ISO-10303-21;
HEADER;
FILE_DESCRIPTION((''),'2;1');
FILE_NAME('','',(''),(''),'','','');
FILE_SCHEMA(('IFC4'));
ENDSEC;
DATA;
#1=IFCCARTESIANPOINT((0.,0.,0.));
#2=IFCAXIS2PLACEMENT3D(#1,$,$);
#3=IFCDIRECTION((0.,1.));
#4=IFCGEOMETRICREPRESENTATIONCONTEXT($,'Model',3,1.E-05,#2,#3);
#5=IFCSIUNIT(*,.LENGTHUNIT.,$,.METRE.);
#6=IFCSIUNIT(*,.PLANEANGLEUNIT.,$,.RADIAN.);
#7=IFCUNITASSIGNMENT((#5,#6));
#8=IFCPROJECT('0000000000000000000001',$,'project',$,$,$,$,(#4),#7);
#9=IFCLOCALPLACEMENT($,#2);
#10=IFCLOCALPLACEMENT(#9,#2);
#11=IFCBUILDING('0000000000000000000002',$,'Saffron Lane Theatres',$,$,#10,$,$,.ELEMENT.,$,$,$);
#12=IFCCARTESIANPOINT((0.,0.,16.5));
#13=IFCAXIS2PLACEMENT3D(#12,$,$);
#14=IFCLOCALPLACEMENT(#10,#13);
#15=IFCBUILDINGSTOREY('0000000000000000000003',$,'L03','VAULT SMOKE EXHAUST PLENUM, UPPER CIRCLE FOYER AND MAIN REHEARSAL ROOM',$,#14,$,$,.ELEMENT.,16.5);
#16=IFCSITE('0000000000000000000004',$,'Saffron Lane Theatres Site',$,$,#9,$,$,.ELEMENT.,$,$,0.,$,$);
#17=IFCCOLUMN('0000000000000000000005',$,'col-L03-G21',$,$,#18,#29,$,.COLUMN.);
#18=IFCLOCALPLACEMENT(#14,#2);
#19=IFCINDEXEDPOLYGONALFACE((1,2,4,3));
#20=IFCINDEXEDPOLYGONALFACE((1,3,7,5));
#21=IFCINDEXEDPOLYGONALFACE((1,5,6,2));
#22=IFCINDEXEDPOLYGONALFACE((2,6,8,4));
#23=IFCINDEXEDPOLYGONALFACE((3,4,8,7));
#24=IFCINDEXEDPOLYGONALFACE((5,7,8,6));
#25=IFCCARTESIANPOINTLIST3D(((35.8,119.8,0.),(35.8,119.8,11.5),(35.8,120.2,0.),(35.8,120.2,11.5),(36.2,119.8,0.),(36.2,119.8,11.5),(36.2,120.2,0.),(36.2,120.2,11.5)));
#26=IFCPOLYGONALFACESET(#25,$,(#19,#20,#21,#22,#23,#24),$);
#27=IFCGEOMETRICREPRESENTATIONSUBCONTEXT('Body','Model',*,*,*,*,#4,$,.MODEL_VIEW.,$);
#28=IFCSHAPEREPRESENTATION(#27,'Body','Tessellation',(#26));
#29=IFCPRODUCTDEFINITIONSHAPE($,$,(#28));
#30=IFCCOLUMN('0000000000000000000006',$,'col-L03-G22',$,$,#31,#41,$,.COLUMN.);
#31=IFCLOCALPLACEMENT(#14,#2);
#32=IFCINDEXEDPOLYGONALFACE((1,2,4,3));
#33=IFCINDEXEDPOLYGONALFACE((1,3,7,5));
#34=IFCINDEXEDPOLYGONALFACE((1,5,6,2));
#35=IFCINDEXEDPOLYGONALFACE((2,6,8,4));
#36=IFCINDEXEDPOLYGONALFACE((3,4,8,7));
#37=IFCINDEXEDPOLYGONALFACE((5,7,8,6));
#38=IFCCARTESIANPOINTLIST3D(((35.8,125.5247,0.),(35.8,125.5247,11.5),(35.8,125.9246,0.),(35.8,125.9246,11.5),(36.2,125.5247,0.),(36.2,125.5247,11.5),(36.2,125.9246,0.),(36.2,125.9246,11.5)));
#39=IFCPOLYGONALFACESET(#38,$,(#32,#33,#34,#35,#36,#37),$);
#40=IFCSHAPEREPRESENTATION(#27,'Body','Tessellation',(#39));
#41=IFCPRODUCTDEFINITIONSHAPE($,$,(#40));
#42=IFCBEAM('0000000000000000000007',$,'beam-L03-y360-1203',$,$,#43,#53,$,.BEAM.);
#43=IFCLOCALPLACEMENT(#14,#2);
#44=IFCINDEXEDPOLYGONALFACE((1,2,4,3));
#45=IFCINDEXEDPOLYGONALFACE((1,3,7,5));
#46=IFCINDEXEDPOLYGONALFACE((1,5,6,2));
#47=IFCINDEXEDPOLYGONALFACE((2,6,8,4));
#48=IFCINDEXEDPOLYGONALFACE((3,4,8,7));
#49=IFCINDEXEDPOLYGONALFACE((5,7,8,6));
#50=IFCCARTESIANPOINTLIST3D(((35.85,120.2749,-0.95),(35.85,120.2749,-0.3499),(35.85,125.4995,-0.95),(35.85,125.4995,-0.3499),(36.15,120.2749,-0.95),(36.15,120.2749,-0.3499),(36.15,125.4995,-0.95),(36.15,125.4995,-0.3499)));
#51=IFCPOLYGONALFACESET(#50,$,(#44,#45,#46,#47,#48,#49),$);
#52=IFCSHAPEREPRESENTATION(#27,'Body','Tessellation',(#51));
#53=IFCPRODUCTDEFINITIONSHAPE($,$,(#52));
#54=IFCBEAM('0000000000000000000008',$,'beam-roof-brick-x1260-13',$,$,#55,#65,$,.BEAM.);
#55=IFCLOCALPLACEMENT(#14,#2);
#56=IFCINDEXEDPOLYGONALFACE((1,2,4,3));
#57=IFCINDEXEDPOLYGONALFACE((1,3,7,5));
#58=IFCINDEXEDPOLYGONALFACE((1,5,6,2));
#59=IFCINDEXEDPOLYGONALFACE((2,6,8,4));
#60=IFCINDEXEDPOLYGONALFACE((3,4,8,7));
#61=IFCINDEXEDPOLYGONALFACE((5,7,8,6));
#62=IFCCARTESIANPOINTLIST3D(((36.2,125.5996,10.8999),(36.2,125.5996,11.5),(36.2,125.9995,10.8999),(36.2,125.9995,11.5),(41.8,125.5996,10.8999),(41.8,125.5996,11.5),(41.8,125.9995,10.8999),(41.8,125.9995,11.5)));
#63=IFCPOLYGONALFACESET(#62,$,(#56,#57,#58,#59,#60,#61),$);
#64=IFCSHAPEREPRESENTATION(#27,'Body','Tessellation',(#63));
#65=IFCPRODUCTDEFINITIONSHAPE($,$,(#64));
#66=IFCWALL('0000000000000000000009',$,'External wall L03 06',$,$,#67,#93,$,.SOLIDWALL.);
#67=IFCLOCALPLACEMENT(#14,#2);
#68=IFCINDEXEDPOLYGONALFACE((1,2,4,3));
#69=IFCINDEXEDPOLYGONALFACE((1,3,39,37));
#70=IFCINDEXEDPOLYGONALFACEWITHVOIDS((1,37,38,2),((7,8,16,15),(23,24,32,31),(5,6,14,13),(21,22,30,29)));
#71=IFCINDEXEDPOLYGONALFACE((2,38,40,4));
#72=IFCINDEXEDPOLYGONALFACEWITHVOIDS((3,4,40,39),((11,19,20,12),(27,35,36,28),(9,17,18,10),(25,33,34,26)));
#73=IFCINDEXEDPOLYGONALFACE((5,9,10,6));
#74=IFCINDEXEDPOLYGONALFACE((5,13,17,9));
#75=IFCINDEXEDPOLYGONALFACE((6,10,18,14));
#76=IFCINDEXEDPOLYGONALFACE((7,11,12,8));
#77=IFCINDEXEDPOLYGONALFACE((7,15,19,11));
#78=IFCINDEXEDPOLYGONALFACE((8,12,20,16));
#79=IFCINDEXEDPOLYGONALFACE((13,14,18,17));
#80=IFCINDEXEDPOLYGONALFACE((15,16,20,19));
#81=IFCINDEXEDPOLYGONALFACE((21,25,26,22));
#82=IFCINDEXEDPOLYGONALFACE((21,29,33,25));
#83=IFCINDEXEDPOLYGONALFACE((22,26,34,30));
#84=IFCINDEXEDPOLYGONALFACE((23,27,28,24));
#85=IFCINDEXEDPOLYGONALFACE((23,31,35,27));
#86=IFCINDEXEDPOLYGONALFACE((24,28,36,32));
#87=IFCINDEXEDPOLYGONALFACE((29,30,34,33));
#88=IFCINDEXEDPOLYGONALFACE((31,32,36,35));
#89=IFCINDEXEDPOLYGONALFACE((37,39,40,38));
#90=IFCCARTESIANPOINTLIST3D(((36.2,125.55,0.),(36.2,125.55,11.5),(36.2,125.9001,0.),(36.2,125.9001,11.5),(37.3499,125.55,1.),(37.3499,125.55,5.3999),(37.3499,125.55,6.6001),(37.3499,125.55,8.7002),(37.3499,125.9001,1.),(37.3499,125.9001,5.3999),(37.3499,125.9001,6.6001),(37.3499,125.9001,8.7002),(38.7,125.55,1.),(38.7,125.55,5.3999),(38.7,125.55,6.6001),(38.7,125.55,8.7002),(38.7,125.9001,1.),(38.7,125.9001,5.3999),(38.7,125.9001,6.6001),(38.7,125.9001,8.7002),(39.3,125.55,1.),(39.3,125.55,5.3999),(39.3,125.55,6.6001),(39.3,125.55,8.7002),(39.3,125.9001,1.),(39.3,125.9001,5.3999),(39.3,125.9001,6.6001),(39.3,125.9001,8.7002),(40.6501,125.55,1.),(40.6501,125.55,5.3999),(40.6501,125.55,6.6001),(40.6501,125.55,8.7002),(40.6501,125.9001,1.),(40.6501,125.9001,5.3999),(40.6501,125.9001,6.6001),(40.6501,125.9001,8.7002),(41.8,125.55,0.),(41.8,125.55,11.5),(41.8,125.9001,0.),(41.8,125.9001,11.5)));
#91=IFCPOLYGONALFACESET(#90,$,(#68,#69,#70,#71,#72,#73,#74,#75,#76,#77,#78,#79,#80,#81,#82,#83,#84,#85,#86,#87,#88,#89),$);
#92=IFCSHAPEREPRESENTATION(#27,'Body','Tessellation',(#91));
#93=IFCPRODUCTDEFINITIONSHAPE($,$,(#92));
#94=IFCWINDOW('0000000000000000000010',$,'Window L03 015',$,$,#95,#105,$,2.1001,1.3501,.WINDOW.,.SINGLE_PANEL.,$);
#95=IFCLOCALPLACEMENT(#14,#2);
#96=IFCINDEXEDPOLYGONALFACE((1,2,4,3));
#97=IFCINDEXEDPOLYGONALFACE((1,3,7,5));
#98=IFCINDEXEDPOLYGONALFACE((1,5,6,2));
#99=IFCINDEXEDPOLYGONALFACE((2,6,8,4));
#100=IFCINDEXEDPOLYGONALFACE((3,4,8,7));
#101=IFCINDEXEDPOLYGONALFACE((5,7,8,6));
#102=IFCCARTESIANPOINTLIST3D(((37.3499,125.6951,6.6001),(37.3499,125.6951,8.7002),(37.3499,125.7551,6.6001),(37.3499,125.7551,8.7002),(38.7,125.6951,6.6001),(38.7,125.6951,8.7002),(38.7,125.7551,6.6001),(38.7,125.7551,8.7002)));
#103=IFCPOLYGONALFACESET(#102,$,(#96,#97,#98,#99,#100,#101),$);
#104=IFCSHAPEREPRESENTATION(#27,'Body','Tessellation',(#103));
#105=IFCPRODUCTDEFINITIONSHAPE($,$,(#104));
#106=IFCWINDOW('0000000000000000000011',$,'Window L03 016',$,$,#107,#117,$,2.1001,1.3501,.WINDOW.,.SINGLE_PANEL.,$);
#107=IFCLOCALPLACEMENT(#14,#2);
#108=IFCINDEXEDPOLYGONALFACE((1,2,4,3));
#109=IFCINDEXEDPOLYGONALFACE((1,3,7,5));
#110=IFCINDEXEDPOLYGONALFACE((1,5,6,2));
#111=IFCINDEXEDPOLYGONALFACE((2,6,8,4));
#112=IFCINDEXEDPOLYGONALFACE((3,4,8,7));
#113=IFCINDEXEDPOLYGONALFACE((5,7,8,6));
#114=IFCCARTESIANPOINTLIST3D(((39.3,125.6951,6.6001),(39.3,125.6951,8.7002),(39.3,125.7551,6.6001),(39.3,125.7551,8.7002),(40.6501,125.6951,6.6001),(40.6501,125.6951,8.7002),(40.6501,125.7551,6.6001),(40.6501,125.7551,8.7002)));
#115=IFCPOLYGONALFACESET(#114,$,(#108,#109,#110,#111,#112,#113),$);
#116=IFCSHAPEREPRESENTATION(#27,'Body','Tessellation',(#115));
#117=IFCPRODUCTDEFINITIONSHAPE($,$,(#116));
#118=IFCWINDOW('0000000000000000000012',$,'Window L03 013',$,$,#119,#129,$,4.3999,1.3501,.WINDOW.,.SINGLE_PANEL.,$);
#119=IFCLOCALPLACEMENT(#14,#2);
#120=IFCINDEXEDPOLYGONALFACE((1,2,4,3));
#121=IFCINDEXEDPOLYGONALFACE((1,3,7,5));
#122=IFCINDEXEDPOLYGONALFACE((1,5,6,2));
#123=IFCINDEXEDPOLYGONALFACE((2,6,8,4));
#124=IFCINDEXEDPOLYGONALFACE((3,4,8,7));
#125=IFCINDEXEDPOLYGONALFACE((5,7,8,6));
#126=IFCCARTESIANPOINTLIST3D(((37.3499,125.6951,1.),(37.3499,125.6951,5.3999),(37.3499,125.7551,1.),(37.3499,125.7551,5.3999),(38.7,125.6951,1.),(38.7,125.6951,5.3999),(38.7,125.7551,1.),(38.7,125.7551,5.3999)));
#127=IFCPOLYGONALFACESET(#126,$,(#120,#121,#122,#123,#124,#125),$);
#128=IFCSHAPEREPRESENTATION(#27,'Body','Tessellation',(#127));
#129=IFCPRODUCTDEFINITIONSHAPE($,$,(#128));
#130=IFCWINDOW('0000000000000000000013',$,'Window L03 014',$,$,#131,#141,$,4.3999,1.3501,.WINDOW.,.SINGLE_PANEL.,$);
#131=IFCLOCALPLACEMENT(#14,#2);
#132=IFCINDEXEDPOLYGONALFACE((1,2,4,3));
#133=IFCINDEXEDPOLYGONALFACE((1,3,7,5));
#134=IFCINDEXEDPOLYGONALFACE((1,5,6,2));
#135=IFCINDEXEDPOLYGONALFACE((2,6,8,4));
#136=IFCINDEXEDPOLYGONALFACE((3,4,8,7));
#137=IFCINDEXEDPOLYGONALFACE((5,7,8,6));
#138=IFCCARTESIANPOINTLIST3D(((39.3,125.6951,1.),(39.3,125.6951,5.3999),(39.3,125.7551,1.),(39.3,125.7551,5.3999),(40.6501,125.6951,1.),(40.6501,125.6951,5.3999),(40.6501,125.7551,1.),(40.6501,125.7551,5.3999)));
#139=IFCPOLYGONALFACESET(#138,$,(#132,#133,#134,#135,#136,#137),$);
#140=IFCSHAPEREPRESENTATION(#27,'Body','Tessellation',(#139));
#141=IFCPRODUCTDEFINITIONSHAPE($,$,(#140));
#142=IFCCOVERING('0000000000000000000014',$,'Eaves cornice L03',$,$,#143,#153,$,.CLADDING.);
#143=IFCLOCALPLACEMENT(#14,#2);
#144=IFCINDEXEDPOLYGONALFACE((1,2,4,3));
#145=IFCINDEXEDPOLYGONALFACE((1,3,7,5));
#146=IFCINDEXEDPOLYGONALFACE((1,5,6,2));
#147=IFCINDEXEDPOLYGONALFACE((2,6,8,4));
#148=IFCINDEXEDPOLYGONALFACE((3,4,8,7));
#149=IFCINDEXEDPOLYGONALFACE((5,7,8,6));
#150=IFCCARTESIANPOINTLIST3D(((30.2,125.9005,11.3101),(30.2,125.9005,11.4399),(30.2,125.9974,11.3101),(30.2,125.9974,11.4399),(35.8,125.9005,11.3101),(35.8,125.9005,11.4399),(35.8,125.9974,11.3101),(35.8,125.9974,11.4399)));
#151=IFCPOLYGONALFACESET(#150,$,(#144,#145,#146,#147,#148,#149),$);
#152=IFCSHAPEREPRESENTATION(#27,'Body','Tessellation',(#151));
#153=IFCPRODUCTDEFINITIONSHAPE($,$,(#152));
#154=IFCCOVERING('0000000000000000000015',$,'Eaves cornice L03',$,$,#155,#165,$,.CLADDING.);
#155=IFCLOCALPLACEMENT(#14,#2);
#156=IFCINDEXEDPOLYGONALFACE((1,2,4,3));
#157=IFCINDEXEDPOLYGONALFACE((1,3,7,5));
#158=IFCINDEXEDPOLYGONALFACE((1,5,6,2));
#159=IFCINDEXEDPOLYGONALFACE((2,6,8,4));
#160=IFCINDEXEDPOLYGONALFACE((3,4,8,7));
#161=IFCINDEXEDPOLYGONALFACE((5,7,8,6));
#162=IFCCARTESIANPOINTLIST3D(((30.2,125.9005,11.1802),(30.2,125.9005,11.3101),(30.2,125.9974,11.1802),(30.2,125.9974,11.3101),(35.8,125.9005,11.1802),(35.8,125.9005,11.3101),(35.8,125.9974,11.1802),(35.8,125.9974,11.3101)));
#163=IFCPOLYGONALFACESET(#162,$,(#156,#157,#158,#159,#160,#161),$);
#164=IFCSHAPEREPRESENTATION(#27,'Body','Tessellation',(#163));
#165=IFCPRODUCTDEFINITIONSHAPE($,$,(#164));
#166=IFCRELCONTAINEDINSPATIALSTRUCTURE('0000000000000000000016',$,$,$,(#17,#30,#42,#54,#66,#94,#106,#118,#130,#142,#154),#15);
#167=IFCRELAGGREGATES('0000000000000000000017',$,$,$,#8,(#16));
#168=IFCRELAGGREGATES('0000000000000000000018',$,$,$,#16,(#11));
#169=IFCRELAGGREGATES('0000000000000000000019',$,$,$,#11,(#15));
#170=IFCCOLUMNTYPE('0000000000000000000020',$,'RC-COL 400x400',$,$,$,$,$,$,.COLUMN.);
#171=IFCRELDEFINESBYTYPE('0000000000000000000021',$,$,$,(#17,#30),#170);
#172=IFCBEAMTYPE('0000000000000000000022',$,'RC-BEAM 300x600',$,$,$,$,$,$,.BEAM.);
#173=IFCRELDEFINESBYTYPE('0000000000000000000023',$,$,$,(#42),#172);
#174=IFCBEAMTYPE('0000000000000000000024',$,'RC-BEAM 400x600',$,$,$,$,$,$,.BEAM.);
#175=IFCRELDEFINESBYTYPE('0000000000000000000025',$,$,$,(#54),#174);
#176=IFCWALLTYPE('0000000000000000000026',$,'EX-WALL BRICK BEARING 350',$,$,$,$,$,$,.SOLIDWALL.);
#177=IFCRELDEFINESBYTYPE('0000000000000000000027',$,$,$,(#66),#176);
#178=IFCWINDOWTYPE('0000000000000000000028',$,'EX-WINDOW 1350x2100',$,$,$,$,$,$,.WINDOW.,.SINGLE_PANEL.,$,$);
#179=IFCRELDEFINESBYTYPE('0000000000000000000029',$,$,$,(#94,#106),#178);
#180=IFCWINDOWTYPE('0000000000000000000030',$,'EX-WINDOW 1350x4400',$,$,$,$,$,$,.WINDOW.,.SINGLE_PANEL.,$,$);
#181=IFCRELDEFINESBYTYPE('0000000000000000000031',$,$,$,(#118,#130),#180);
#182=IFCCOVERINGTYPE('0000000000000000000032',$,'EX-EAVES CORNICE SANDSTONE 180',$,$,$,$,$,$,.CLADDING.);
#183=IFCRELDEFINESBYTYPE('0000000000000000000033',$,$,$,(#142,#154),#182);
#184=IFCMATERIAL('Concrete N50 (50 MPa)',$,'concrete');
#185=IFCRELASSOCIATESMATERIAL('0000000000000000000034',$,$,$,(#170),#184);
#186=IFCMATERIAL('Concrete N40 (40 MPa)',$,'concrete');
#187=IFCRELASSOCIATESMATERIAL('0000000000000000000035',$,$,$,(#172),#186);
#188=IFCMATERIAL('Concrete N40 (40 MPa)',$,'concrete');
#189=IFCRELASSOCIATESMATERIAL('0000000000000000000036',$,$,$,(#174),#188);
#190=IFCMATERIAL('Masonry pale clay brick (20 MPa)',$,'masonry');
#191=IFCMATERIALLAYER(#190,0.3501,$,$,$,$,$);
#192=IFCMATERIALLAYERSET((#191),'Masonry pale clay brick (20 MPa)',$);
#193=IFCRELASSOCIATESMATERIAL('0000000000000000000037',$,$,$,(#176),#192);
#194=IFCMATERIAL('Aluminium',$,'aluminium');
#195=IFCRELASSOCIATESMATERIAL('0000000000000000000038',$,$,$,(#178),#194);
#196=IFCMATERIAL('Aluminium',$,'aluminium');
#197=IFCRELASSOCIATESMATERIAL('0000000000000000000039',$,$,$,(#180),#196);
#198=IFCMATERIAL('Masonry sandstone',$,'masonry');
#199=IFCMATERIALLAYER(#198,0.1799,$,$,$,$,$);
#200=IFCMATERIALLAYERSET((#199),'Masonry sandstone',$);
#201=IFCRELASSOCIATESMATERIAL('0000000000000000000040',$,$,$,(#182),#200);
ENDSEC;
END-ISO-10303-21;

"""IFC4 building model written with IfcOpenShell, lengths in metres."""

from ifc_helpers import new_model, si_unit, direction, frame, frame_2d, origin, origin_2d, place, context, subcontext, project, spatial, rectangle, extrude, material, layer, layer_set, material_profile, profile_set, type_object, element, fill, save


model = new_model("IFC4")

# Units and contexts
model_context = context("Model", 3, precision=1e-05, world=origin(), true_north=direction((0.0, 1.0)))
body_context = subcontext(model_context, "Body", "Model", "MODEL_VIEW")
ifc_project = project(units=[si_unit("LENGTHUNIT", "METRE"), si_unit("PLANEANGLEUNIT", "RADIAN")], contexts=[model_context])

# Site, building, storey
site_placement = place(None, origin())
site = spatial("IfcSite", under=ifc_project, at=site_placement, Name="Saffron Lane Theatres Site", CompositionType="ELEMENT", RefElevation=0.0)
building_placement = place(site_placement, origin())
building = spatial("IfcBuilding", under=site, at=building_placement, Name="Saffron Lane Theatres", CompositionType="ELEMENT")
storey_placement = place(building_placement, frame((0.0, 0.0, 16.5)))
storey = spatial("IfcBuildingStorey", under=building, at=storey_placement, Name="L03", Description="VAULT SMOKE EXHAUST PLENUM, UPPER CIRCLE FOYER AND MAIN REHEARSAL ROOM", CompositionType="ELEMENT", Elevation=16.5)

# Columns
ifc_material_1 = material(Name="Concrete N50 (50 MPa)", Category="concrete")
ifc_material_profile_1 = material_profile(ifc_material_1, rectangle(XDim=0.3999, YDim=0.3999, at=origin_2d()))
ifc_profile_set_1 = profile_set([ifc_material_profile_1], Name="Concrete N50 (50 MPa)")
column_type = type_object("IfcColumnType", Name="RC-COL 400x400", PredefinedType="COLUMN", material=ifc_profile_set_1)
for number, where, z_axis, x_axis, name in (
    (1, (36.0, 120.0, 0.0), (0.0, 0.0, 1.0), (1.0, 0.0, 0.0), "col-L03-G21"),
    (2, (36.0, 125.7246, 0.0), (0.0, 0.0, 1.0), (1.0, 0.0, 0.0), "col-L03-G22"),
):
    element("IfcColumn", number, at=place(storey_placement, frame(where, z_axis=z_axis, x_axis=x_axis)), inside=storey, type_object=column_type, Name=name, PredefinedType="COLUMN", context=body_context, shape_type="SweptSolid", body=[
        extrude(rectangle(XDim=0.3999, YDim=0.3999, at=origin_2d()), origin(), (0.0, 0.0, 1.0), 11.5),
    ])

# Beams
ifc_material_2 = material(Name="Concrete N40 (40 MPa)", Category="concrete")
ifc_material_profile_2 = material_profile(ifc_material_2, rectangle(XDim=0.3, YDim=0.6001, at=origin_2d()))
ifc_profile_set_2 = profile_set([ifc_material_profile_2], Name="Concrete N40 (40 MPa)")
beam_type_1 = type_object("IfcBeamType", Name="RC-BEAM 300x600", PredefinedType="BEAM", material=ifc_profile_set_2)
beam_1_placement = place(storey_placement, frame((36.0, 120.2749, -0.6499), z_axis=(0.0, 1.0, 0.0), x_axis=(-1.0, 0.0, 0.0)))
element("IfcBeam", 3, at=beam_1_placement, inside=storey, type_object=beam_type_1, Name="beam-L03-y360-1203", PredefinedType="BEAM", context=body_context, shape_type="SweptSolid", body=[
    extrude(rectangle(XDim=0.3, YDim=0.6001, at=origin_2d()), origin(), (0.0, 0.0, 1.0), 5.2246),
])
ifc_material_3 = material(Name="Concrete N40 (40 MPa)", Category="concrete")
ifc_material_profile_3 = material_profile(ifc_material_3, rectangle(XDim=0.3999, YDim=0.6001, at=origin_2d()))
ifc_profile_set_3 = profile_set([ifc_material_profile_3], Name="Concrete N40 (40 MPa)")
beam_type_2 = type_object("IfcBeamType", Name="RC-BEAM 400x600", PredefinedType="BEAM", material=ifc_profile_set_3)
beam_2_placement = place(storey_placement, frame((36.2, 125.7996, 11.2), z_axis=(1.0, 0.0, 0.0), x_axis=(0.0, 1.0, 0.0)))
element("IfcBeam", 4, at=beam_2_placement, inside=storey, type_object=beam_type_2, Name="beam-roof-brick-x1260-13", PredefinedType="BEAM", context=body_context, shape_type="SweptSolid", body=[
    extrude(rectangle(XDim=0.3999, YDim=0.6001, at=origin_2d()), origin(), (0.0, 0.0, 1.0), 5.6001),
])

# Wall, openings, windows
ifc_material_4 = material(Name="Masonry pale clay brick (20 MPa)", Category="masonry")
ifc_layer_1 = layer(ifc_material_4, 0.3501)
ifc_layer_set_1 = layer_set([ifc_layer_1], Name="Masonry pale clay brick (20 MPa)")
wall_type = type_object("IfcWallType", Name="EX-WALL BRICK BEARING 350", PredefinedType="SOLIDWALL", material=ifc_layer_set_1)
wall_placement = place(storey_placement, frame((36.2, 125.7251, 0.0), z_axis=(0.0, 0.0, 1.0), x_axis=(1.0, 0.0, 0.0)))
wall = element("IfcWall", 5, at=wall_placement, inside=storey, type_object=wall_type, Name="External wall L03 06", PredefinedType="SOLIDWALL", context=body_context, shape_type="SweptSolid", body=[
    extrude(rectangle(XDim=5.6001, YDim=0.3501, at=frame_2d((2.8, 0.0))), origin(), (0.0, 0.0, 1.0), 11.5),
])
opening_1_placement = place(wall_placement, frame((1.1499, 0.0, 1.0)))
opening_1 = element("IfcOpeningElement", 6, at=opening_1_placement, cuts=wall, PredefinedType="OPENING", context=body_context, shape_type="SweptSolid", body=[
    extrude(rectangle(XDim=1.3501, YDim=4.3999, at=frame_2d((0.675, 2.2))), frame((0.0, 0.1851, 0.0), z_axis=(0.0, -1.0, 0.0), x_axis=(1.0, 0.0, 0.0)), (0.0, 0.0, 1.0), 0.3701),
])
opening_2_placement = place(wall_placement, frame((3.1001, 0.0, 1.0)))
opening_2 = element("IfcOpeningElement", 7, at=opening_2_placement, cuts=wall, PredefinedType="OPENING", context=body_context, shape_type="SweptSolid", body=[
    extrude(rectangle(XDim=1.3501, YDim=4.3999, at=frame_2d((0.675, 2.2))), frame((0.0, 0.1851, 0.0), z_axis=(0.0, -1.0, 0.0), x_axis=(1.0, 0.0, 0.0)), (0.0, 0.0, 1.0), 0.3701),
])
opening_3_placement = place(wall_placement, frame((1.1499, 0.0, 6.6001)))
opening_3 = element("IfcOpeningElement", 8, at=opening_3_placement, cuts=wall, PredefinedType="OPENING", context=body_context, shape_type="SweptSolid", body=[
    extrude(rectangle(XDim=1.3501, YDim=2.1001, at=frame_2d((0.675, 1.05))), frame((0.0, 0.1851, 0.0), z_axis=(0.0, -1.0, 0.0), x_axis=(1.0, 0.0, 0.0)), (0.0, 0.0, 1.0), 0.3701),
])
opening_4_placement = place(wall_placement, frame((3.1001, 0.0, 6.6001)))
opening_4 = element("IfcOpeningElement", 9, at=opening_4_placement, cuts=wall, PredefinedType="OPENING", context=body_context, shape_type="SweptSolid", body=[
    extrude(rectangle(XDim=1.3501, YDim=2.1001, at=frame_2d((0.675, 1.05))), frame((0.0, 0.1851, 0.0), z_axis=(0.0, -1.0, 0.0), x_axis=(1.0, 0.0, 0.0)), (0.0, 0.0, 1.0), 0.3701),
])
ifc_material_5 = material(Name="Aluminium", Category="aluminium")
window_type_1 = type_object("IfcWindowType", Name="EX-WINDOW 1350x2100", PartitioningType="SINGLE_PANEL", PredefinedType="WINDOW", material=ifc_material_5)
window_1_placement = place(opening_3_placement, origin())
window_1 = element("IfcWindow", 10, at=window_1_placement, inside=storey, type_object=window_type_1, Name="Window L03 015", OverallHeight=2.1001, OverallWidth=1.3501, PartitioningType="SINGLE_PANEL", PredefinedType="WINDOW", context=body_context, shape_type="SweptSolid", body=[
    extrude(rectangle(XDim=1.3501, YDim=2.1001, at=frame_2d((0.675, 1.05))), frame((0.0, 0.03, 0.0), z_axis=(0.0, -1.0, 0.0), x_axis=(1.0, 0.0, 0.0)), (0.0, 0.0, 1.0), 0.0601),
])
fill(opening_3, window_1)
window_2_placement = place(opening_4_placement, origin())
window_2 = element("IfcWindow", 11, at=window_2_placement, inside=storey, type_object=window_type_1, Name="Window L03 016", OverallHeight=2.1001, OverallWidth=1.3501, PartitioningType="SINGLE_PANEL", PredefinedType="WINDOW", context=body_context, shape_type="SweptSolid", body=[
    extrude(rectangle(XDim=1.3501, YDim=2.1001, at=frame_2d((0.675, 1.05))), frame((0.0, 0.03, 0.0), z_axis=(0.0, -1.0, 0.0), x_axis=(1.0, 0.0, 0.0)), (0.0, 0.0, 1.0), 0.0601),
])
fill(opening_4, window_2)
ifc_material_6 = material(Name="Aluminium", Category="aluminium")
window_type_2 = type_object("IfcWindowType", Name="EX-WINDOW 1350x4400", PartitioningType="SINGLE_PANEL", PredefinedType="WINDOW", material=ifc_material_6)
window_3_placement = place(opening_1_placement, origin())
window_3 = element("IfcWindow", 12, at=window_3_placement, inside=storey, type_object=window_type_2, Name="Window L03 013", OverallHeight=4.3999, OverallWidth=1.3501, PartitioningType="SINGLE_PANEL", PredefinedType="WINDOW", context=body_context, shape_type="SweptSolid", body=[
    extrude(rectangle(XDim=1.3501, YDim=4.3999, at=frame_2d((0.675, 2.2))), frame((0.0, 0.03, 0.0), z_axis=(0.0, -1.0, 0.0), x_axis=(1.0, 0.0, 0.0)), (0.0, 0.0, 1.0), 0.0601),
])
fill(opening_1, window_3)
window_4_placement = place(opening_2_placement, origin())
window_4 = element("IfcWindow", 13, at=window_4_placement, inside=storey, type_object=window_type_2, Name="Window L03 014", OverallHeight=4.3999, OverallWidth=1.3501, PartitioningType="SINGLE_PANEL", PredefinedType="WINDOW", context=body_context, shape_type="SweptSolid", body=[
    extrude(rectangle(XDim=1.3501, YDim=4.3999, at=frame_2d((0.675, 2.2))), frame((0.0, 0.03, 0.0), z_axis=(0.0, -1.0, 0.0), x_axis=(1.0, 0.0, 0.0)), (0.0, 0.0, 1.0), 0.0601),
])
fill(opening_2, window_4)

# Coverings
ifc_material_7 = material(Name="Masonry sandstone", Category="masonry")
ifc_layer_2 = layer(ifc_material_7, 0.1799)
ifc_layer_set_2 = layer_set([ifc_layer_2], Name="Masonry sandstone")
covering_type_1 = type_object("IfcCoveringType", Name="EX-EAVES CORNICE SANDSTONE 180", PredefinedType="CLADDING", material=ifc_layer_set_2)
for number, where, z_axis, x_axis, name in (
    (14, (33.0, 125.949, 11.3101), (0.0, 0.0, 1.0), (1.0, 0.0, 0.0), "Eaves cornice L03"),
    (15, (33.0, 125.949, 11.1802), (0.0, 0.0, 1.0), (1.0, 0.0, 0.0), "Eaves cornice L03"),
):
    element("IfcCovering", number, at=place(storey_placement, frame(where, z_axis=z_axis, x_axis=x_axis)), inside=storey, type_object=covering_type_1, Name=name, PredefinedType="CLADDING", context=body_context, shape_type="SweptSolid", body=[
        extrude(rectangle(XDim=5.6001, YDim=0.0969, at=origin_2d()), origin(), (0.0, 0.0, 1.0), 0.1299),
    ])

save(model, "model.ifc")
